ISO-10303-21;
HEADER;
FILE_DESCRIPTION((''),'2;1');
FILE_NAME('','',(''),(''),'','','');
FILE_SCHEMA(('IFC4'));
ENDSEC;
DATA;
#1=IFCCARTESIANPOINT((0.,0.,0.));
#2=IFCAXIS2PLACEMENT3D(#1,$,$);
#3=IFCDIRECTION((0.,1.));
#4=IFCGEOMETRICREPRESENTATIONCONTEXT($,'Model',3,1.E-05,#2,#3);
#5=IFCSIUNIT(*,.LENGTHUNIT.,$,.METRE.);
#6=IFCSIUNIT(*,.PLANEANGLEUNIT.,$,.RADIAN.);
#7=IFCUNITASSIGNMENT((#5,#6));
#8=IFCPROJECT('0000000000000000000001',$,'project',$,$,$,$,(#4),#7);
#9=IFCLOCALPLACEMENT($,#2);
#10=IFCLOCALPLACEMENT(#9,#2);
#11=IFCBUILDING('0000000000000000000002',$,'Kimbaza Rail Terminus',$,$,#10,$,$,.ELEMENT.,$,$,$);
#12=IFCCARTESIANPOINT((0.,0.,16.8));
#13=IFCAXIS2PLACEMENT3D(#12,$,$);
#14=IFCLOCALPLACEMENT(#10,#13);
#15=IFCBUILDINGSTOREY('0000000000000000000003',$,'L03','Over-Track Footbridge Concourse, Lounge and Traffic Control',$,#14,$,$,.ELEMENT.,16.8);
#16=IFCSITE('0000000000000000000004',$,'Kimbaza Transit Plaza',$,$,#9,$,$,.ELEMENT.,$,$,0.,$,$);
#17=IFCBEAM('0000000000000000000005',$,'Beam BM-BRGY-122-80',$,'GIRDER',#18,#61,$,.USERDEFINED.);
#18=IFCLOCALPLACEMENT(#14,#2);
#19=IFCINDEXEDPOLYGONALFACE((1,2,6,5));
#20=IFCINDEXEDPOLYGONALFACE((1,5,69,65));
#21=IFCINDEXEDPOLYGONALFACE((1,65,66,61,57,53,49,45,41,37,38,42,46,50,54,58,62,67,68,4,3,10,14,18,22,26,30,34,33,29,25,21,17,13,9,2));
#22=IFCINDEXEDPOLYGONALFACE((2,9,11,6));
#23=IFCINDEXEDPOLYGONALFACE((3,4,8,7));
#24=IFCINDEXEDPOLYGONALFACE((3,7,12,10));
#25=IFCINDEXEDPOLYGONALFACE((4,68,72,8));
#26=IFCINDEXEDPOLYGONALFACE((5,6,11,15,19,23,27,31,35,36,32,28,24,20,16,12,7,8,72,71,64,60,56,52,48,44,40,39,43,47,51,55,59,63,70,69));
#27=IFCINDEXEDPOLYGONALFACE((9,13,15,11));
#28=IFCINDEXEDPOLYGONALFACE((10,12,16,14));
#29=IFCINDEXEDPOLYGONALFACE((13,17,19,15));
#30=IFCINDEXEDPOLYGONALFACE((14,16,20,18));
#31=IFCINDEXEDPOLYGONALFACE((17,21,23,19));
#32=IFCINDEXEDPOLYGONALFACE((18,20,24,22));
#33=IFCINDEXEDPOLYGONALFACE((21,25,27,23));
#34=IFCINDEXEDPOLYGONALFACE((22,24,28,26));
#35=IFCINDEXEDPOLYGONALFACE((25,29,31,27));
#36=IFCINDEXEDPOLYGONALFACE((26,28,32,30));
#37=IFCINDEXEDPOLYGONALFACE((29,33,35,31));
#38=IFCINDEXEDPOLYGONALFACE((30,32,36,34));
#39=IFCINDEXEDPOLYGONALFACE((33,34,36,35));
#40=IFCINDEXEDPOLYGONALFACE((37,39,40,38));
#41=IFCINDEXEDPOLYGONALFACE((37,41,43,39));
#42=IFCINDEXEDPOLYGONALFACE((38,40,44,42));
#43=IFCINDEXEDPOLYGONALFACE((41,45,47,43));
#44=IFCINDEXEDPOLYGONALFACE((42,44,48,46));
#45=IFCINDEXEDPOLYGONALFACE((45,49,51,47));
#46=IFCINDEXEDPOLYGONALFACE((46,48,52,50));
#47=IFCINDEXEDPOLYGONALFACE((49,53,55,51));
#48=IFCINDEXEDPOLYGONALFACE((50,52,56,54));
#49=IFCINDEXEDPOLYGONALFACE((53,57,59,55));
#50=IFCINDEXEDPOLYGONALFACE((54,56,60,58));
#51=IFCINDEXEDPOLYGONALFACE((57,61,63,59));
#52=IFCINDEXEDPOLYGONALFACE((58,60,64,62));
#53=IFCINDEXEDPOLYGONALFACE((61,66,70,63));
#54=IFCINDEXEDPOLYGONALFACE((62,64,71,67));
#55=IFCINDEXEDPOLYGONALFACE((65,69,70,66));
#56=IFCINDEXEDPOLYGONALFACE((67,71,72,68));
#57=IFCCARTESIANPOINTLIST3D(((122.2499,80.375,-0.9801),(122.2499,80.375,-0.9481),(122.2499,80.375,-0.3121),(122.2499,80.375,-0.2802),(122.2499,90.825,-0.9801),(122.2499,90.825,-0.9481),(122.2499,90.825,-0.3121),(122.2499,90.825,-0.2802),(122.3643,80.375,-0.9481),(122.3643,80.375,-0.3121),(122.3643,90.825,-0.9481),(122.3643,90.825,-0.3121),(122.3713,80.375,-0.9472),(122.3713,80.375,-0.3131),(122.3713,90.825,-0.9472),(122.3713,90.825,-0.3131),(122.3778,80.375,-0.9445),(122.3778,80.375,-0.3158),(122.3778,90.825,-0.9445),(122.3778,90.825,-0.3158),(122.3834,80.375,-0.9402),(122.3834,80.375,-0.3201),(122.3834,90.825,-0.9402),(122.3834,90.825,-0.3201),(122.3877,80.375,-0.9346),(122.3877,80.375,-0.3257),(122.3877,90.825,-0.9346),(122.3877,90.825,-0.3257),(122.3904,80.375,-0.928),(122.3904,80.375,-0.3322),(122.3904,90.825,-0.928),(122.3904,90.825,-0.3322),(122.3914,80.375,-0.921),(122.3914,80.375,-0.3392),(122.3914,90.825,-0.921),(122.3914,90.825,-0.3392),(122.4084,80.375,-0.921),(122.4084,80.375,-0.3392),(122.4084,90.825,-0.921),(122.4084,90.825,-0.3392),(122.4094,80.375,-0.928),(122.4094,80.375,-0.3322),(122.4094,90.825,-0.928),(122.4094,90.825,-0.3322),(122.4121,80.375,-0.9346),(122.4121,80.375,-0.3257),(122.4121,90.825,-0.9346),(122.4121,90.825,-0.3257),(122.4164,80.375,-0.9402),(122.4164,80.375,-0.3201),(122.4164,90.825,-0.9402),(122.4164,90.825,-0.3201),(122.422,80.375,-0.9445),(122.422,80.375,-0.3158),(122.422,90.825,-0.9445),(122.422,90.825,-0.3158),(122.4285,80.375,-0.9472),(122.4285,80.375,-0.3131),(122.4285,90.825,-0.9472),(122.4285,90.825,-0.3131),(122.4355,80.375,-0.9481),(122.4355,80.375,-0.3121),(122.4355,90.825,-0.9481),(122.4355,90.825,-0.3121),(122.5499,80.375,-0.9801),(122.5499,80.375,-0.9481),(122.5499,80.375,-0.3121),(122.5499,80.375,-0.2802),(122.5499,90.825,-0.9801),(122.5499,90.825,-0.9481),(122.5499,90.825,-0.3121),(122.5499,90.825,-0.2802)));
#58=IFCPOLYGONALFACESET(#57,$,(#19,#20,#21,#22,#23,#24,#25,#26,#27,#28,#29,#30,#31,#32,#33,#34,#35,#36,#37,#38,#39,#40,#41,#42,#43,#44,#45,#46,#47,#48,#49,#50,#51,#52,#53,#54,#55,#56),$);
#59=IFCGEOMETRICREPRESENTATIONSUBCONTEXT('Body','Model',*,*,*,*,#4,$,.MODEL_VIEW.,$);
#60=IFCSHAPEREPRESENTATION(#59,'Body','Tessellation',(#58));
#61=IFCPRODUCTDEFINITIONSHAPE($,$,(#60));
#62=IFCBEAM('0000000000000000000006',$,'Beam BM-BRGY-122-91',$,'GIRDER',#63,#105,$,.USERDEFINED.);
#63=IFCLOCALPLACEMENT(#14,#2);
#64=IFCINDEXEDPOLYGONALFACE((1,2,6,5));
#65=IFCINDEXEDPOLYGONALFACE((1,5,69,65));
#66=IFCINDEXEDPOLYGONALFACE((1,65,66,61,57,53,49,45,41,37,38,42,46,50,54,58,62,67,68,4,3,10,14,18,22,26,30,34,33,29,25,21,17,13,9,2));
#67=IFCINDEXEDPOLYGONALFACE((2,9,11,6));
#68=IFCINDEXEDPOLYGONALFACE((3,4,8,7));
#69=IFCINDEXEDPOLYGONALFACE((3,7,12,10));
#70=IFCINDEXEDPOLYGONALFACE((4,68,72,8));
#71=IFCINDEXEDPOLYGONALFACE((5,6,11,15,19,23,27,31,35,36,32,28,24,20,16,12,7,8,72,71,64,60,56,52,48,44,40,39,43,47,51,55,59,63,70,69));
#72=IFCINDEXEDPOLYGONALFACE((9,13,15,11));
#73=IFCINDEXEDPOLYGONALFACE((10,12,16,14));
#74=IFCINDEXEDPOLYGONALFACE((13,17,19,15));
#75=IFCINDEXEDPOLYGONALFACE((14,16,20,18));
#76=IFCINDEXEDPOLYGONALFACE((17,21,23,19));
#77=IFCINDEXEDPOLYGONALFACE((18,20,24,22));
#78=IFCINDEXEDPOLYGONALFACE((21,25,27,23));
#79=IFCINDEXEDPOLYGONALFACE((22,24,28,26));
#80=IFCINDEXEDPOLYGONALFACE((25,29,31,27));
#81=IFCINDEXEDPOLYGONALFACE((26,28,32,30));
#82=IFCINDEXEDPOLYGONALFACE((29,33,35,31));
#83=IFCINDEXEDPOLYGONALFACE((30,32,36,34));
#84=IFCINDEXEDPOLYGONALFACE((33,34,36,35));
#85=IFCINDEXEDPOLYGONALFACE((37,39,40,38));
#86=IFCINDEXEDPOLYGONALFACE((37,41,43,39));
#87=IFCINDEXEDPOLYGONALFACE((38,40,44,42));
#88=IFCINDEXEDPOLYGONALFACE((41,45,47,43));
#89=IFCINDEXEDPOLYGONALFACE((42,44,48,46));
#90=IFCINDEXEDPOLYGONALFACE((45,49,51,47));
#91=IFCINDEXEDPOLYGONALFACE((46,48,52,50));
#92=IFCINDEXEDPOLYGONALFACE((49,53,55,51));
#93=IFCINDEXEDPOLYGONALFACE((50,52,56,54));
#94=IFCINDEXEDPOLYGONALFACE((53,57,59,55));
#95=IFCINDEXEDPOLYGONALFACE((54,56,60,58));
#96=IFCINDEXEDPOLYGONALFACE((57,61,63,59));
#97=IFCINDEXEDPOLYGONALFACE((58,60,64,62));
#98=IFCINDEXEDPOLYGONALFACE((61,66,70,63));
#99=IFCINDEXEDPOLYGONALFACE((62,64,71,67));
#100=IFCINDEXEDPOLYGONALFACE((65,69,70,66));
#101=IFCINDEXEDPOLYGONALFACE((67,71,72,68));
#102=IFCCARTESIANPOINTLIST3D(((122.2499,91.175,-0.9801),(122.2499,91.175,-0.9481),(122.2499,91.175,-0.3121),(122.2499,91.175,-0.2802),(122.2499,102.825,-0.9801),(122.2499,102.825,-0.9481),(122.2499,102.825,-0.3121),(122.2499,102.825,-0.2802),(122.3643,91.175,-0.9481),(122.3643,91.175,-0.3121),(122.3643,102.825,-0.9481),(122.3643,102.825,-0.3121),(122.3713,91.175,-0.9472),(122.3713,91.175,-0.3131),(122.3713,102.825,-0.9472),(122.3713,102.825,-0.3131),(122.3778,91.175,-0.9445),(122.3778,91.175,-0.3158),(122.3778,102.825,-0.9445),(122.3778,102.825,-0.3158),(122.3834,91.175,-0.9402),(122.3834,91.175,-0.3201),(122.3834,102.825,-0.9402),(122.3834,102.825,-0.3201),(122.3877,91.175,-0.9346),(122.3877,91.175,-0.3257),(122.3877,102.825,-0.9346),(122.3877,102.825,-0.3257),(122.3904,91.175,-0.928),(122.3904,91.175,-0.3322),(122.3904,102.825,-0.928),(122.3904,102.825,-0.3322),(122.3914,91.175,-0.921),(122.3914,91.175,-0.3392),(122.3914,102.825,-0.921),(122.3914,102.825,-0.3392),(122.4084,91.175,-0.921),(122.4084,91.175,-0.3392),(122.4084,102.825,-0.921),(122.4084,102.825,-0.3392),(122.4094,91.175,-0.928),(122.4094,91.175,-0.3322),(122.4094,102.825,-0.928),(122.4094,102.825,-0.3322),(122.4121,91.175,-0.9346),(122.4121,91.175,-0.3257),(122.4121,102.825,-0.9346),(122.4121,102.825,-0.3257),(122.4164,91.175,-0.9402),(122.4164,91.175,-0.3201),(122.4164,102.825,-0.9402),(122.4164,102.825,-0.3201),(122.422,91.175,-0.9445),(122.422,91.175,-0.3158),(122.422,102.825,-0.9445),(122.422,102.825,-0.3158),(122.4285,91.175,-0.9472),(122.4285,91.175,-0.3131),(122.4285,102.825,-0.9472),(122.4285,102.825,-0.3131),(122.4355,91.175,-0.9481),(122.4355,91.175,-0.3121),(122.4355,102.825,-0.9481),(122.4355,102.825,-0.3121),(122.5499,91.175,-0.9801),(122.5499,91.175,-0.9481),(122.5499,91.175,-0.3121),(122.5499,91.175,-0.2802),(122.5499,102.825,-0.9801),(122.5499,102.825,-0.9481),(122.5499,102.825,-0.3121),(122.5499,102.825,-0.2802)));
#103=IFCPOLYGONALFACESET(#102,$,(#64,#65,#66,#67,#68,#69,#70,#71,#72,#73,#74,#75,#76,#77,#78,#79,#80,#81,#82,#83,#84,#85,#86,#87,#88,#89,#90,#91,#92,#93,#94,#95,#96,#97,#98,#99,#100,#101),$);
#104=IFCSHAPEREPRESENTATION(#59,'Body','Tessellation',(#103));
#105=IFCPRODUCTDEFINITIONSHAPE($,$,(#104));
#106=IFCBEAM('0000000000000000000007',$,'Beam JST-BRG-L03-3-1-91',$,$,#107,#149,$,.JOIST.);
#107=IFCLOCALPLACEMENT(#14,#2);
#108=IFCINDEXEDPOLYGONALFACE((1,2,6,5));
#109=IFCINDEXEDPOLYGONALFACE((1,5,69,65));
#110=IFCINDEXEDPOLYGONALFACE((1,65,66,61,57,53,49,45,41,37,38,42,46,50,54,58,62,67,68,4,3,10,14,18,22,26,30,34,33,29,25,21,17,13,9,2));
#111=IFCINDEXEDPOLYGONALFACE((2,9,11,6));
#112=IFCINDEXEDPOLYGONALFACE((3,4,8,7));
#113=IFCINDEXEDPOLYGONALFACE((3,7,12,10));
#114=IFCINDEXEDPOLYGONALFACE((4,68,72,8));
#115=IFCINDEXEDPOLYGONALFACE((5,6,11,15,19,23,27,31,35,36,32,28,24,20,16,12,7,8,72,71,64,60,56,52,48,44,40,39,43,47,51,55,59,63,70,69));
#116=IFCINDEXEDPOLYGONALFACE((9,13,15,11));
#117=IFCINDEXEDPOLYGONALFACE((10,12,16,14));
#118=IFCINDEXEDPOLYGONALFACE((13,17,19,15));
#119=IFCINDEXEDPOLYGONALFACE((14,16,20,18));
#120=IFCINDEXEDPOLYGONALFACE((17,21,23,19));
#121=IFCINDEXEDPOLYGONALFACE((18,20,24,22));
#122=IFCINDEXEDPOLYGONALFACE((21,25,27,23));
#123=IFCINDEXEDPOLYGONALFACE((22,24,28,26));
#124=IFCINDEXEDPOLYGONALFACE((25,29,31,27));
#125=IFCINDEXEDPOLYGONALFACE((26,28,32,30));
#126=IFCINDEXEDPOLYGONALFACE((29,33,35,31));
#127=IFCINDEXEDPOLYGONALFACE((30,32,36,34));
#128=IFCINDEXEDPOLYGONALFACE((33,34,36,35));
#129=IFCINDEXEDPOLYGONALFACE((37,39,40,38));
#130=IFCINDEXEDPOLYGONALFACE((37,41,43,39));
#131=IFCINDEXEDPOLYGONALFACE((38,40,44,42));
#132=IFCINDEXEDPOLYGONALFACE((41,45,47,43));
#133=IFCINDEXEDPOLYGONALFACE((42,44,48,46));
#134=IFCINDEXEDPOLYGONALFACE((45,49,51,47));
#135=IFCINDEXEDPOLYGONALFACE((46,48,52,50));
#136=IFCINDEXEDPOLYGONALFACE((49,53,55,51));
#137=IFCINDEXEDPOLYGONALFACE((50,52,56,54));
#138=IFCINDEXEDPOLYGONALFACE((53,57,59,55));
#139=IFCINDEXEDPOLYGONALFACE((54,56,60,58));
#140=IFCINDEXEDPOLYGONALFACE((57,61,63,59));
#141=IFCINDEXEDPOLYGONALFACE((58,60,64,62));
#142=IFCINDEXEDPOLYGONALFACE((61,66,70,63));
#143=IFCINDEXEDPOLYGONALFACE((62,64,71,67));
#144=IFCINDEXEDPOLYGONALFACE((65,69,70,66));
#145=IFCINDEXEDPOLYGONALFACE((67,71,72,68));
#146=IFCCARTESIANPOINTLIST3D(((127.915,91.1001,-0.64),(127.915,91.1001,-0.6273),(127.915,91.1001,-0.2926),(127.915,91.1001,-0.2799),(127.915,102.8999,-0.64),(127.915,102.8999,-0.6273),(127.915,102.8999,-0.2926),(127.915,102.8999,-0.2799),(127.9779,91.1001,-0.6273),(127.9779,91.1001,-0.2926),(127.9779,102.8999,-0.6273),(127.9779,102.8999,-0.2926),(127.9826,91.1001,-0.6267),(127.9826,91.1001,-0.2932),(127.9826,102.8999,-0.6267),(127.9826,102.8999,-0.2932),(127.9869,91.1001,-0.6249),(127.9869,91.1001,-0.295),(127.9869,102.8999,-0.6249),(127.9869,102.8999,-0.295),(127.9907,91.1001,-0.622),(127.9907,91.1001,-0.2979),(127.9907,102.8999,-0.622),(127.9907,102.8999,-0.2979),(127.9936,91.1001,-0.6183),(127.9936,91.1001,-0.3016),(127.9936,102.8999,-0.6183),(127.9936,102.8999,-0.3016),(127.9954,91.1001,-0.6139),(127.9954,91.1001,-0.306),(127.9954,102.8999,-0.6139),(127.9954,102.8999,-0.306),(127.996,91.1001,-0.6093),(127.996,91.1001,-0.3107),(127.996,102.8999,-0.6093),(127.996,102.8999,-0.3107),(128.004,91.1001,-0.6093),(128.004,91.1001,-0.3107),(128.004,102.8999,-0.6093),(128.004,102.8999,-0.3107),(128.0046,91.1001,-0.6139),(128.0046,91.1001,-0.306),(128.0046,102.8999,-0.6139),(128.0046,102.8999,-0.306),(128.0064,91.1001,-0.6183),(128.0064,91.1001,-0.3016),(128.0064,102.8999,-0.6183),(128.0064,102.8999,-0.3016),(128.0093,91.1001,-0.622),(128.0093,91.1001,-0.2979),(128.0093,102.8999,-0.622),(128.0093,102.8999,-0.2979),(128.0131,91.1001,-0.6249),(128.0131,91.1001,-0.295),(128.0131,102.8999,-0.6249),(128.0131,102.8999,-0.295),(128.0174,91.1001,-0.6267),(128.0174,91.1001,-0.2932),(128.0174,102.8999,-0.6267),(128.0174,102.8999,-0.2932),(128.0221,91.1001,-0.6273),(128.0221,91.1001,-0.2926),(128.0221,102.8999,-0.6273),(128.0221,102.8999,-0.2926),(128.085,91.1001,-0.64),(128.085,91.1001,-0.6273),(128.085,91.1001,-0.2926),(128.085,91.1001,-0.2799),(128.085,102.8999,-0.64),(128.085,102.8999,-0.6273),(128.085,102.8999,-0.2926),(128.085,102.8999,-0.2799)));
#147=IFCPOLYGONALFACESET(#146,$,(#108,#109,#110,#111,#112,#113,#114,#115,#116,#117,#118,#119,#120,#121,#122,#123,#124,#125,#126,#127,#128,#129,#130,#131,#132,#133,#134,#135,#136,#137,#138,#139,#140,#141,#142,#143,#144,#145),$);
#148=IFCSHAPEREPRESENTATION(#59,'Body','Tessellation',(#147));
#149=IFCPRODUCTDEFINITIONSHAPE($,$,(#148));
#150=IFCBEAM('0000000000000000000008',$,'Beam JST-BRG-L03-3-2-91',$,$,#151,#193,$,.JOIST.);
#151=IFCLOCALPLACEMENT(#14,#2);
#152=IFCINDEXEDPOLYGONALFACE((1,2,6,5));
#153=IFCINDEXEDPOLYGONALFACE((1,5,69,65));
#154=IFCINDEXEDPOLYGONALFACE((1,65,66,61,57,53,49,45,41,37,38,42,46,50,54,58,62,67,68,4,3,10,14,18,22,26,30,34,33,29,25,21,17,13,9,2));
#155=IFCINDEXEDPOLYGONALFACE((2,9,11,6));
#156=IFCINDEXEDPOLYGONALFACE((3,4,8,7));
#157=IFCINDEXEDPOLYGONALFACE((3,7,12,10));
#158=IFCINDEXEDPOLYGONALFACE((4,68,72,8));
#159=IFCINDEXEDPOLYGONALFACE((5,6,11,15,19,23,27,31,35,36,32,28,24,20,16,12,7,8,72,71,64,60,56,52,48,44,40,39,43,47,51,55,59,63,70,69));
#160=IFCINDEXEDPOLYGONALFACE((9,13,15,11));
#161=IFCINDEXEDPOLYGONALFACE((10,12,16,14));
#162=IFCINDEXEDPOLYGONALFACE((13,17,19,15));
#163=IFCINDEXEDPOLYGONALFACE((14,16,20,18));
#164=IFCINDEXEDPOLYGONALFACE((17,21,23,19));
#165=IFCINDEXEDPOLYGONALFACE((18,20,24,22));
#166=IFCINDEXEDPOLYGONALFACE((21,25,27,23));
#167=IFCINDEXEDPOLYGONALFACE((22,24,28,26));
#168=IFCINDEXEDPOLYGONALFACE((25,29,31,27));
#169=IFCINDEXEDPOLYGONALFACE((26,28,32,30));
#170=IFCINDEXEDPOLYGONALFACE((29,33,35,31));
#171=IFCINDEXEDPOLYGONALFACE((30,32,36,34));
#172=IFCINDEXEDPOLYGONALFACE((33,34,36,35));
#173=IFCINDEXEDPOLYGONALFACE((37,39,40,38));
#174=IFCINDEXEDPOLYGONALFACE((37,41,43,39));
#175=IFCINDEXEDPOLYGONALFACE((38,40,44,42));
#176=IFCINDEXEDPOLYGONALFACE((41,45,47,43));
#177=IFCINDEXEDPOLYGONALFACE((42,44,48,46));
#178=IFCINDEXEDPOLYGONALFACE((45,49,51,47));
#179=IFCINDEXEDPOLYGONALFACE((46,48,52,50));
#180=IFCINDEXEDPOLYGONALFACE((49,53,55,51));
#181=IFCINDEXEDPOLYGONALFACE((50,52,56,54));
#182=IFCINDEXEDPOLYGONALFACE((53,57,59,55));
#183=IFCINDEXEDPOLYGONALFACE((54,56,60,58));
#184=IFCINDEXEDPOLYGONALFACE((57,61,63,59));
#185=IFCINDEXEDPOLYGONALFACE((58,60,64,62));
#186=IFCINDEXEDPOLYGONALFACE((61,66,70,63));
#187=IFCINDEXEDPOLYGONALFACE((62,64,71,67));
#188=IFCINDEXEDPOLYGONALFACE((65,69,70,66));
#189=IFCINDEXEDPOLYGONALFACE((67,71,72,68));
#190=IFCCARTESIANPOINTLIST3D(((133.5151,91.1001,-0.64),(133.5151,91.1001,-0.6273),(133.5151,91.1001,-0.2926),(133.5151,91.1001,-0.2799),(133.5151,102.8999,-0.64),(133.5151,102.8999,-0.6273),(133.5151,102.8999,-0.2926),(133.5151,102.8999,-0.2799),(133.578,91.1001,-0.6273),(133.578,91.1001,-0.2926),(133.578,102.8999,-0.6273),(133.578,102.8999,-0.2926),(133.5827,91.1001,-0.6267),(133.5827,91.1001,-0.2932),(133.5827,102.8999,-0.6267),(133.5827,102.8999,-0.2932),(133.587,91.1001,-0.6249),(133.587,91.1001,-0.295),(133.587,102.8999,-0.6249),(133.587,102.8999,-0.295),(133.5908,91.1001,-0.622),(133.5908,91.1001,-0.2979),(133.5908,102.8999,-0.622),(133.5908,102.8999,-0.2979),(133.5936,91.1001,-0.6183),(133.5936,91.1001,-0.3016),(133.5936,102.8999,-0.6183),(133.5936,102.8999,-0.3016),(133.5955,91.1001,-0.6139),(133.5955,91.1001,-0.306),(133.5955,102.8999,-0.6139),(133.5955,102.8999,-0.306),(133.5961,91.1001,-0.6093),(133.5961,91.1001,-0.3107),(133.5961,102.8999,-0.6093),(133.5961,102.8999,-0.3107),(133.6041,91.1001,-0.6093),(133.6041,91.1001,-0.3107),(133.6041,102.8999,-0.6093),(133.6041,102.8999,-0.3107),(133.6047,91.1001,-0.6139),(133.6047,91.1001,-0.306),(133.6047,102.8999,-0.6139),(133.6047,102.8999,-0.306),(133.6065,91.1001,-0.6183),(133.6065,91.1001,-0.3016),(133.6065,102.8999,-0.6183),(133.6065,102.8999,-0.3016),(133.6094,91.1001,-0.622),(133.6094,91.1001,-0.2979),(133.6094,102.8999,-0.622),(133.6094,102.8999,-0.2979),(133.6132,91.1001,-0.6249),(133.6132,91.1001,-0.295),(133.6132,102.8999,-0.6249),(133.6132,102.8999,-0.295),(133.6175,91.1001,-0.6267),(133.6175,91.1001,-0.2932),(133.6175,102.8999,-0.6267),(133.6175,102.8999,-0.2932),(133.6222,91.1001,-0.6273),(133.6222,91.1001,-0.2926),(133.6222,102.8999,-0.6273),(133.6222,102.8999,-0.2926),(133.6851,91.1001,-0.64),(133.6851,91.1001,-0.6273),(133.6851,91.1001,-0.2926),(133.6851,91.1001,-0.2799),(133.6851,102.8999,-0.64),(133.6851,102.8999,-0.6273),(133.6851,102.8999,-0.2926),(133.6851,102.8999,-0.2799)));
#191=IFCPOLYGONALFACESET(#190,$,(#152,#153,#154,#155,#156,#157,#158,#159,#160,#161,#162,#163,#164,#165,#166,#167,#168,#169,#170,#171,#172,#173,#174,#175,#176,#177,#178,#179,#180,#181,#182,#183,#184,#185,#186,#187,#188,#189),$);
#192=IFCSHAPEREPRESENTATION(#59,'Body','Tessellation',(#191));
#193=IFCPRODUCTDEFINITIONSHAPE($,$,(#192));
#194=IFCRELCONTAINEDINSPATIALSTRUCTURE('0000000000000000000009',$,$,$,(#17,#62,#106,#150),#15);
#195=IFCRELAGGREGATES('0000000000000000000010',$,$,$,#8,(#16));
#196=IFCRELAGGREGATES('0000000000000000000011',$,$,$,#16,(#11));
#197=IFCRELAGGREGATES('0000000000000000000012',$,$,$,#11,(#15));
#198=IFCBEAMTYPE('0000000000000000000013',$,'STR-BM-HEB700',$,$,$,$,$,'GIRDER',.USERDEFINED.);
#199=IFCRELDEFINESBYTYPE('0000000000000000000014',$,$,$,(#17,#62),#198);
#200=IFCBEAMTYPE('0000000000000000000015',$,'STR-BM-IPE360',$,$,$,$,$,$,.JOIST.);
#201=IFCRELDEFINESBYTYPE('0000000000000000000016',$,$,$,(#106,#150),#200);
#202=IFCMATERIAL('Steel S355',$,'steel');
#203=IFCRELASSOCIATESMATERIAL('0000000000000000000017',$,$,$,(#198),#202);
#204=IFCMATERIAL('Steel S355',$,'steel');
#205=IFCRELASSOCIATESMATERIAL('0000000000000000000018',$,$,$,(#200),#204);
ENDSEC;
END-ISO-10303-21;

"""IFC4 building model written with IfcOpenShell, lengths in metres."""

from ifc_helpers import new_model, si_unit, direction, frame, origin, origin_2d, place, context, subcontext, project, spatial, i_section, extrude, material, material_profile, profile_set, type_object, element, save


model = new_model("IFC4")

# Units and contexts
model_context = context("Model", 3, precision=1e-05, world=origin(), true_north=direction((0.0, 1.0)))
body_context = subcontext(model_context, "Body", "Model", "MODEL_VIEW")
ifc_project = project(units=[si_unit("LENGTHUNIT", "METRE"), si_unit("PLANEANGLEUNIT", "RADIAN")], contexts=[model_context])

# Site, building, storey
site_placement = place(None, origin())
site = spatial("IfcSite", under=ifc_project, at=site_placement, Name="Kimbaza Transit Plaza", CompositionType="ELEMENT", RefElevation=0.0)
building_placement = place(site_placement, origin())
building = spatial("IfcBuilding", under=site, at=building_placement, Name="Kimbaza Rail Terminus", CompositionType="ELEMENT")
storey_placement = place(building_placement, frame((0.0, 0.0, 16.8)))
storey = spatial("IfcBuildingStorey", under=building, at=storey_placement, Name="L03", Description="Over-Track Footbridge Concourse, Lounge and Traffic Control", CompositionType="ELEMENT", Elevation=16.8)

# Beams
ifc_material_1 = material(Name="Steel S355", Category="steel")
ifc_material_profile_1 = material_profile(ifc_material_1, i_section(OverallWidth=0.3, OverallDepth=0.7, WebThickness=0.0171, FlangeThickness=0.032, FilletRadius=0.0271, at=origin_2d()), Name="HEB 700")
ifc_profile_set_1 = profile_set([ifc_material_profile_1], Name="Steel S355")
beam_type_1 = type_object("IfcBeamType", Name="STR-BM-HEB700", ElementType="GIRDER", PredefinedType="USERDEFINED", material=ifc_profile_set_1)
beam_1_placement = place(storey_placement, frame((122.3999, 80.375, -0.6301), z_axis=(0.0, 1.0, 0.0), x_axis=(-1.0, 0.0, 0.0)))
element("IfcBeam", 1, at=beam_1_placement, inside=storey, type_object=beam_type_1, Name="Beam BM-BRGY-122-80", ObjectType="GIRDER", PredefinedType="USERDEFINED", context=body_context, shape_type="SweptSolid", body=[
    extrude(i_section(OverallWidth=0.3, OverallDepth=0.7, WebThickness=0.0171, FlangeThickness=0.032, FilletRadius=0.0271, at=origin_2d()), origin(), (0.0, 0.0, 1.0), 10.45),
])
beam_2_placement = place(storey_placement, frame((122.3999, 91.175, -0.6301), z_axis=(0.0, 1.0, 0.0), x_axis=(-1.0, 0.0, 0.0)))
element("IfcBeam", 2, at=beam_2_placement, inside=storey, type_object=beam_type_1, Name="Beam BM-BRGY-122-91", ObjectType="GIRDER", PredefinedType="USERDEFINED", context=body_context, shape_type="SweptSolid", body=[
    extrude(i_section(OverallWidth=0.3, OverallDepth=0.7, WebThickness=0.0171, FlangeThickness=0.032, FilletRadius=0.0271, at=origin_2d()), origin(), (0.0, 0.0, 1.0), 11.6499),
])
ifc_material_2 = material(Name="Steel S355", Category="steel")
ifc_material_profile_2 = material_profile(ifc_material_2, i_section(OverallWidth=0.1699, OverallDepth=0.3601, WebThickness=0.0081, FlangeThickness=0.0127, FilletRadius=0.0181, at=origin_2d()), Name="IPE 360")
ifc_profile_set_2 = profile_set([ifc_material_profile_2], Name="Steel S355")
beam_type_2 = type_object("IfcBeamType", Name="STR-BM-IPE360", PredefinedType="JOIST", material=ifc_profile_set_2)
for number, where, z_axis, x_axis, name in (
    (3, (128.0, 91.1001, -0.46), (0.0, 1.0, 0.0), (-1.0, 0.0, 0.0), "Beam JST-BRG-L03-3-1-91"),
    (4, (133.6001, 91.1001, -0.46), (0.0, 1.0, 0.0), (-1.0, 0.0, 0.0), "Beam JST-BRG-L03-3-2-91"),
):
    element("IfcBeam", number, at=place(storey_placement, frame(where, z_axis=z_axis, x_axis=x_axis)), inside=storey, type_object=beam_type_2, Name=name, PredefinedType="JOIST", context=body_context, shape_type="SweptSolid", body=[
        extrude(i_section(OverallWidth=0.1699, OverallDepth=0.3601, WebThickness=0.0081, FlangeThickness=0.0127, FilletRadius=0.0181, at=origin_2d()), origin(), (0.0, 0.0, 1.0), 11.7998),
    ])

save(model, "model.ifc")
